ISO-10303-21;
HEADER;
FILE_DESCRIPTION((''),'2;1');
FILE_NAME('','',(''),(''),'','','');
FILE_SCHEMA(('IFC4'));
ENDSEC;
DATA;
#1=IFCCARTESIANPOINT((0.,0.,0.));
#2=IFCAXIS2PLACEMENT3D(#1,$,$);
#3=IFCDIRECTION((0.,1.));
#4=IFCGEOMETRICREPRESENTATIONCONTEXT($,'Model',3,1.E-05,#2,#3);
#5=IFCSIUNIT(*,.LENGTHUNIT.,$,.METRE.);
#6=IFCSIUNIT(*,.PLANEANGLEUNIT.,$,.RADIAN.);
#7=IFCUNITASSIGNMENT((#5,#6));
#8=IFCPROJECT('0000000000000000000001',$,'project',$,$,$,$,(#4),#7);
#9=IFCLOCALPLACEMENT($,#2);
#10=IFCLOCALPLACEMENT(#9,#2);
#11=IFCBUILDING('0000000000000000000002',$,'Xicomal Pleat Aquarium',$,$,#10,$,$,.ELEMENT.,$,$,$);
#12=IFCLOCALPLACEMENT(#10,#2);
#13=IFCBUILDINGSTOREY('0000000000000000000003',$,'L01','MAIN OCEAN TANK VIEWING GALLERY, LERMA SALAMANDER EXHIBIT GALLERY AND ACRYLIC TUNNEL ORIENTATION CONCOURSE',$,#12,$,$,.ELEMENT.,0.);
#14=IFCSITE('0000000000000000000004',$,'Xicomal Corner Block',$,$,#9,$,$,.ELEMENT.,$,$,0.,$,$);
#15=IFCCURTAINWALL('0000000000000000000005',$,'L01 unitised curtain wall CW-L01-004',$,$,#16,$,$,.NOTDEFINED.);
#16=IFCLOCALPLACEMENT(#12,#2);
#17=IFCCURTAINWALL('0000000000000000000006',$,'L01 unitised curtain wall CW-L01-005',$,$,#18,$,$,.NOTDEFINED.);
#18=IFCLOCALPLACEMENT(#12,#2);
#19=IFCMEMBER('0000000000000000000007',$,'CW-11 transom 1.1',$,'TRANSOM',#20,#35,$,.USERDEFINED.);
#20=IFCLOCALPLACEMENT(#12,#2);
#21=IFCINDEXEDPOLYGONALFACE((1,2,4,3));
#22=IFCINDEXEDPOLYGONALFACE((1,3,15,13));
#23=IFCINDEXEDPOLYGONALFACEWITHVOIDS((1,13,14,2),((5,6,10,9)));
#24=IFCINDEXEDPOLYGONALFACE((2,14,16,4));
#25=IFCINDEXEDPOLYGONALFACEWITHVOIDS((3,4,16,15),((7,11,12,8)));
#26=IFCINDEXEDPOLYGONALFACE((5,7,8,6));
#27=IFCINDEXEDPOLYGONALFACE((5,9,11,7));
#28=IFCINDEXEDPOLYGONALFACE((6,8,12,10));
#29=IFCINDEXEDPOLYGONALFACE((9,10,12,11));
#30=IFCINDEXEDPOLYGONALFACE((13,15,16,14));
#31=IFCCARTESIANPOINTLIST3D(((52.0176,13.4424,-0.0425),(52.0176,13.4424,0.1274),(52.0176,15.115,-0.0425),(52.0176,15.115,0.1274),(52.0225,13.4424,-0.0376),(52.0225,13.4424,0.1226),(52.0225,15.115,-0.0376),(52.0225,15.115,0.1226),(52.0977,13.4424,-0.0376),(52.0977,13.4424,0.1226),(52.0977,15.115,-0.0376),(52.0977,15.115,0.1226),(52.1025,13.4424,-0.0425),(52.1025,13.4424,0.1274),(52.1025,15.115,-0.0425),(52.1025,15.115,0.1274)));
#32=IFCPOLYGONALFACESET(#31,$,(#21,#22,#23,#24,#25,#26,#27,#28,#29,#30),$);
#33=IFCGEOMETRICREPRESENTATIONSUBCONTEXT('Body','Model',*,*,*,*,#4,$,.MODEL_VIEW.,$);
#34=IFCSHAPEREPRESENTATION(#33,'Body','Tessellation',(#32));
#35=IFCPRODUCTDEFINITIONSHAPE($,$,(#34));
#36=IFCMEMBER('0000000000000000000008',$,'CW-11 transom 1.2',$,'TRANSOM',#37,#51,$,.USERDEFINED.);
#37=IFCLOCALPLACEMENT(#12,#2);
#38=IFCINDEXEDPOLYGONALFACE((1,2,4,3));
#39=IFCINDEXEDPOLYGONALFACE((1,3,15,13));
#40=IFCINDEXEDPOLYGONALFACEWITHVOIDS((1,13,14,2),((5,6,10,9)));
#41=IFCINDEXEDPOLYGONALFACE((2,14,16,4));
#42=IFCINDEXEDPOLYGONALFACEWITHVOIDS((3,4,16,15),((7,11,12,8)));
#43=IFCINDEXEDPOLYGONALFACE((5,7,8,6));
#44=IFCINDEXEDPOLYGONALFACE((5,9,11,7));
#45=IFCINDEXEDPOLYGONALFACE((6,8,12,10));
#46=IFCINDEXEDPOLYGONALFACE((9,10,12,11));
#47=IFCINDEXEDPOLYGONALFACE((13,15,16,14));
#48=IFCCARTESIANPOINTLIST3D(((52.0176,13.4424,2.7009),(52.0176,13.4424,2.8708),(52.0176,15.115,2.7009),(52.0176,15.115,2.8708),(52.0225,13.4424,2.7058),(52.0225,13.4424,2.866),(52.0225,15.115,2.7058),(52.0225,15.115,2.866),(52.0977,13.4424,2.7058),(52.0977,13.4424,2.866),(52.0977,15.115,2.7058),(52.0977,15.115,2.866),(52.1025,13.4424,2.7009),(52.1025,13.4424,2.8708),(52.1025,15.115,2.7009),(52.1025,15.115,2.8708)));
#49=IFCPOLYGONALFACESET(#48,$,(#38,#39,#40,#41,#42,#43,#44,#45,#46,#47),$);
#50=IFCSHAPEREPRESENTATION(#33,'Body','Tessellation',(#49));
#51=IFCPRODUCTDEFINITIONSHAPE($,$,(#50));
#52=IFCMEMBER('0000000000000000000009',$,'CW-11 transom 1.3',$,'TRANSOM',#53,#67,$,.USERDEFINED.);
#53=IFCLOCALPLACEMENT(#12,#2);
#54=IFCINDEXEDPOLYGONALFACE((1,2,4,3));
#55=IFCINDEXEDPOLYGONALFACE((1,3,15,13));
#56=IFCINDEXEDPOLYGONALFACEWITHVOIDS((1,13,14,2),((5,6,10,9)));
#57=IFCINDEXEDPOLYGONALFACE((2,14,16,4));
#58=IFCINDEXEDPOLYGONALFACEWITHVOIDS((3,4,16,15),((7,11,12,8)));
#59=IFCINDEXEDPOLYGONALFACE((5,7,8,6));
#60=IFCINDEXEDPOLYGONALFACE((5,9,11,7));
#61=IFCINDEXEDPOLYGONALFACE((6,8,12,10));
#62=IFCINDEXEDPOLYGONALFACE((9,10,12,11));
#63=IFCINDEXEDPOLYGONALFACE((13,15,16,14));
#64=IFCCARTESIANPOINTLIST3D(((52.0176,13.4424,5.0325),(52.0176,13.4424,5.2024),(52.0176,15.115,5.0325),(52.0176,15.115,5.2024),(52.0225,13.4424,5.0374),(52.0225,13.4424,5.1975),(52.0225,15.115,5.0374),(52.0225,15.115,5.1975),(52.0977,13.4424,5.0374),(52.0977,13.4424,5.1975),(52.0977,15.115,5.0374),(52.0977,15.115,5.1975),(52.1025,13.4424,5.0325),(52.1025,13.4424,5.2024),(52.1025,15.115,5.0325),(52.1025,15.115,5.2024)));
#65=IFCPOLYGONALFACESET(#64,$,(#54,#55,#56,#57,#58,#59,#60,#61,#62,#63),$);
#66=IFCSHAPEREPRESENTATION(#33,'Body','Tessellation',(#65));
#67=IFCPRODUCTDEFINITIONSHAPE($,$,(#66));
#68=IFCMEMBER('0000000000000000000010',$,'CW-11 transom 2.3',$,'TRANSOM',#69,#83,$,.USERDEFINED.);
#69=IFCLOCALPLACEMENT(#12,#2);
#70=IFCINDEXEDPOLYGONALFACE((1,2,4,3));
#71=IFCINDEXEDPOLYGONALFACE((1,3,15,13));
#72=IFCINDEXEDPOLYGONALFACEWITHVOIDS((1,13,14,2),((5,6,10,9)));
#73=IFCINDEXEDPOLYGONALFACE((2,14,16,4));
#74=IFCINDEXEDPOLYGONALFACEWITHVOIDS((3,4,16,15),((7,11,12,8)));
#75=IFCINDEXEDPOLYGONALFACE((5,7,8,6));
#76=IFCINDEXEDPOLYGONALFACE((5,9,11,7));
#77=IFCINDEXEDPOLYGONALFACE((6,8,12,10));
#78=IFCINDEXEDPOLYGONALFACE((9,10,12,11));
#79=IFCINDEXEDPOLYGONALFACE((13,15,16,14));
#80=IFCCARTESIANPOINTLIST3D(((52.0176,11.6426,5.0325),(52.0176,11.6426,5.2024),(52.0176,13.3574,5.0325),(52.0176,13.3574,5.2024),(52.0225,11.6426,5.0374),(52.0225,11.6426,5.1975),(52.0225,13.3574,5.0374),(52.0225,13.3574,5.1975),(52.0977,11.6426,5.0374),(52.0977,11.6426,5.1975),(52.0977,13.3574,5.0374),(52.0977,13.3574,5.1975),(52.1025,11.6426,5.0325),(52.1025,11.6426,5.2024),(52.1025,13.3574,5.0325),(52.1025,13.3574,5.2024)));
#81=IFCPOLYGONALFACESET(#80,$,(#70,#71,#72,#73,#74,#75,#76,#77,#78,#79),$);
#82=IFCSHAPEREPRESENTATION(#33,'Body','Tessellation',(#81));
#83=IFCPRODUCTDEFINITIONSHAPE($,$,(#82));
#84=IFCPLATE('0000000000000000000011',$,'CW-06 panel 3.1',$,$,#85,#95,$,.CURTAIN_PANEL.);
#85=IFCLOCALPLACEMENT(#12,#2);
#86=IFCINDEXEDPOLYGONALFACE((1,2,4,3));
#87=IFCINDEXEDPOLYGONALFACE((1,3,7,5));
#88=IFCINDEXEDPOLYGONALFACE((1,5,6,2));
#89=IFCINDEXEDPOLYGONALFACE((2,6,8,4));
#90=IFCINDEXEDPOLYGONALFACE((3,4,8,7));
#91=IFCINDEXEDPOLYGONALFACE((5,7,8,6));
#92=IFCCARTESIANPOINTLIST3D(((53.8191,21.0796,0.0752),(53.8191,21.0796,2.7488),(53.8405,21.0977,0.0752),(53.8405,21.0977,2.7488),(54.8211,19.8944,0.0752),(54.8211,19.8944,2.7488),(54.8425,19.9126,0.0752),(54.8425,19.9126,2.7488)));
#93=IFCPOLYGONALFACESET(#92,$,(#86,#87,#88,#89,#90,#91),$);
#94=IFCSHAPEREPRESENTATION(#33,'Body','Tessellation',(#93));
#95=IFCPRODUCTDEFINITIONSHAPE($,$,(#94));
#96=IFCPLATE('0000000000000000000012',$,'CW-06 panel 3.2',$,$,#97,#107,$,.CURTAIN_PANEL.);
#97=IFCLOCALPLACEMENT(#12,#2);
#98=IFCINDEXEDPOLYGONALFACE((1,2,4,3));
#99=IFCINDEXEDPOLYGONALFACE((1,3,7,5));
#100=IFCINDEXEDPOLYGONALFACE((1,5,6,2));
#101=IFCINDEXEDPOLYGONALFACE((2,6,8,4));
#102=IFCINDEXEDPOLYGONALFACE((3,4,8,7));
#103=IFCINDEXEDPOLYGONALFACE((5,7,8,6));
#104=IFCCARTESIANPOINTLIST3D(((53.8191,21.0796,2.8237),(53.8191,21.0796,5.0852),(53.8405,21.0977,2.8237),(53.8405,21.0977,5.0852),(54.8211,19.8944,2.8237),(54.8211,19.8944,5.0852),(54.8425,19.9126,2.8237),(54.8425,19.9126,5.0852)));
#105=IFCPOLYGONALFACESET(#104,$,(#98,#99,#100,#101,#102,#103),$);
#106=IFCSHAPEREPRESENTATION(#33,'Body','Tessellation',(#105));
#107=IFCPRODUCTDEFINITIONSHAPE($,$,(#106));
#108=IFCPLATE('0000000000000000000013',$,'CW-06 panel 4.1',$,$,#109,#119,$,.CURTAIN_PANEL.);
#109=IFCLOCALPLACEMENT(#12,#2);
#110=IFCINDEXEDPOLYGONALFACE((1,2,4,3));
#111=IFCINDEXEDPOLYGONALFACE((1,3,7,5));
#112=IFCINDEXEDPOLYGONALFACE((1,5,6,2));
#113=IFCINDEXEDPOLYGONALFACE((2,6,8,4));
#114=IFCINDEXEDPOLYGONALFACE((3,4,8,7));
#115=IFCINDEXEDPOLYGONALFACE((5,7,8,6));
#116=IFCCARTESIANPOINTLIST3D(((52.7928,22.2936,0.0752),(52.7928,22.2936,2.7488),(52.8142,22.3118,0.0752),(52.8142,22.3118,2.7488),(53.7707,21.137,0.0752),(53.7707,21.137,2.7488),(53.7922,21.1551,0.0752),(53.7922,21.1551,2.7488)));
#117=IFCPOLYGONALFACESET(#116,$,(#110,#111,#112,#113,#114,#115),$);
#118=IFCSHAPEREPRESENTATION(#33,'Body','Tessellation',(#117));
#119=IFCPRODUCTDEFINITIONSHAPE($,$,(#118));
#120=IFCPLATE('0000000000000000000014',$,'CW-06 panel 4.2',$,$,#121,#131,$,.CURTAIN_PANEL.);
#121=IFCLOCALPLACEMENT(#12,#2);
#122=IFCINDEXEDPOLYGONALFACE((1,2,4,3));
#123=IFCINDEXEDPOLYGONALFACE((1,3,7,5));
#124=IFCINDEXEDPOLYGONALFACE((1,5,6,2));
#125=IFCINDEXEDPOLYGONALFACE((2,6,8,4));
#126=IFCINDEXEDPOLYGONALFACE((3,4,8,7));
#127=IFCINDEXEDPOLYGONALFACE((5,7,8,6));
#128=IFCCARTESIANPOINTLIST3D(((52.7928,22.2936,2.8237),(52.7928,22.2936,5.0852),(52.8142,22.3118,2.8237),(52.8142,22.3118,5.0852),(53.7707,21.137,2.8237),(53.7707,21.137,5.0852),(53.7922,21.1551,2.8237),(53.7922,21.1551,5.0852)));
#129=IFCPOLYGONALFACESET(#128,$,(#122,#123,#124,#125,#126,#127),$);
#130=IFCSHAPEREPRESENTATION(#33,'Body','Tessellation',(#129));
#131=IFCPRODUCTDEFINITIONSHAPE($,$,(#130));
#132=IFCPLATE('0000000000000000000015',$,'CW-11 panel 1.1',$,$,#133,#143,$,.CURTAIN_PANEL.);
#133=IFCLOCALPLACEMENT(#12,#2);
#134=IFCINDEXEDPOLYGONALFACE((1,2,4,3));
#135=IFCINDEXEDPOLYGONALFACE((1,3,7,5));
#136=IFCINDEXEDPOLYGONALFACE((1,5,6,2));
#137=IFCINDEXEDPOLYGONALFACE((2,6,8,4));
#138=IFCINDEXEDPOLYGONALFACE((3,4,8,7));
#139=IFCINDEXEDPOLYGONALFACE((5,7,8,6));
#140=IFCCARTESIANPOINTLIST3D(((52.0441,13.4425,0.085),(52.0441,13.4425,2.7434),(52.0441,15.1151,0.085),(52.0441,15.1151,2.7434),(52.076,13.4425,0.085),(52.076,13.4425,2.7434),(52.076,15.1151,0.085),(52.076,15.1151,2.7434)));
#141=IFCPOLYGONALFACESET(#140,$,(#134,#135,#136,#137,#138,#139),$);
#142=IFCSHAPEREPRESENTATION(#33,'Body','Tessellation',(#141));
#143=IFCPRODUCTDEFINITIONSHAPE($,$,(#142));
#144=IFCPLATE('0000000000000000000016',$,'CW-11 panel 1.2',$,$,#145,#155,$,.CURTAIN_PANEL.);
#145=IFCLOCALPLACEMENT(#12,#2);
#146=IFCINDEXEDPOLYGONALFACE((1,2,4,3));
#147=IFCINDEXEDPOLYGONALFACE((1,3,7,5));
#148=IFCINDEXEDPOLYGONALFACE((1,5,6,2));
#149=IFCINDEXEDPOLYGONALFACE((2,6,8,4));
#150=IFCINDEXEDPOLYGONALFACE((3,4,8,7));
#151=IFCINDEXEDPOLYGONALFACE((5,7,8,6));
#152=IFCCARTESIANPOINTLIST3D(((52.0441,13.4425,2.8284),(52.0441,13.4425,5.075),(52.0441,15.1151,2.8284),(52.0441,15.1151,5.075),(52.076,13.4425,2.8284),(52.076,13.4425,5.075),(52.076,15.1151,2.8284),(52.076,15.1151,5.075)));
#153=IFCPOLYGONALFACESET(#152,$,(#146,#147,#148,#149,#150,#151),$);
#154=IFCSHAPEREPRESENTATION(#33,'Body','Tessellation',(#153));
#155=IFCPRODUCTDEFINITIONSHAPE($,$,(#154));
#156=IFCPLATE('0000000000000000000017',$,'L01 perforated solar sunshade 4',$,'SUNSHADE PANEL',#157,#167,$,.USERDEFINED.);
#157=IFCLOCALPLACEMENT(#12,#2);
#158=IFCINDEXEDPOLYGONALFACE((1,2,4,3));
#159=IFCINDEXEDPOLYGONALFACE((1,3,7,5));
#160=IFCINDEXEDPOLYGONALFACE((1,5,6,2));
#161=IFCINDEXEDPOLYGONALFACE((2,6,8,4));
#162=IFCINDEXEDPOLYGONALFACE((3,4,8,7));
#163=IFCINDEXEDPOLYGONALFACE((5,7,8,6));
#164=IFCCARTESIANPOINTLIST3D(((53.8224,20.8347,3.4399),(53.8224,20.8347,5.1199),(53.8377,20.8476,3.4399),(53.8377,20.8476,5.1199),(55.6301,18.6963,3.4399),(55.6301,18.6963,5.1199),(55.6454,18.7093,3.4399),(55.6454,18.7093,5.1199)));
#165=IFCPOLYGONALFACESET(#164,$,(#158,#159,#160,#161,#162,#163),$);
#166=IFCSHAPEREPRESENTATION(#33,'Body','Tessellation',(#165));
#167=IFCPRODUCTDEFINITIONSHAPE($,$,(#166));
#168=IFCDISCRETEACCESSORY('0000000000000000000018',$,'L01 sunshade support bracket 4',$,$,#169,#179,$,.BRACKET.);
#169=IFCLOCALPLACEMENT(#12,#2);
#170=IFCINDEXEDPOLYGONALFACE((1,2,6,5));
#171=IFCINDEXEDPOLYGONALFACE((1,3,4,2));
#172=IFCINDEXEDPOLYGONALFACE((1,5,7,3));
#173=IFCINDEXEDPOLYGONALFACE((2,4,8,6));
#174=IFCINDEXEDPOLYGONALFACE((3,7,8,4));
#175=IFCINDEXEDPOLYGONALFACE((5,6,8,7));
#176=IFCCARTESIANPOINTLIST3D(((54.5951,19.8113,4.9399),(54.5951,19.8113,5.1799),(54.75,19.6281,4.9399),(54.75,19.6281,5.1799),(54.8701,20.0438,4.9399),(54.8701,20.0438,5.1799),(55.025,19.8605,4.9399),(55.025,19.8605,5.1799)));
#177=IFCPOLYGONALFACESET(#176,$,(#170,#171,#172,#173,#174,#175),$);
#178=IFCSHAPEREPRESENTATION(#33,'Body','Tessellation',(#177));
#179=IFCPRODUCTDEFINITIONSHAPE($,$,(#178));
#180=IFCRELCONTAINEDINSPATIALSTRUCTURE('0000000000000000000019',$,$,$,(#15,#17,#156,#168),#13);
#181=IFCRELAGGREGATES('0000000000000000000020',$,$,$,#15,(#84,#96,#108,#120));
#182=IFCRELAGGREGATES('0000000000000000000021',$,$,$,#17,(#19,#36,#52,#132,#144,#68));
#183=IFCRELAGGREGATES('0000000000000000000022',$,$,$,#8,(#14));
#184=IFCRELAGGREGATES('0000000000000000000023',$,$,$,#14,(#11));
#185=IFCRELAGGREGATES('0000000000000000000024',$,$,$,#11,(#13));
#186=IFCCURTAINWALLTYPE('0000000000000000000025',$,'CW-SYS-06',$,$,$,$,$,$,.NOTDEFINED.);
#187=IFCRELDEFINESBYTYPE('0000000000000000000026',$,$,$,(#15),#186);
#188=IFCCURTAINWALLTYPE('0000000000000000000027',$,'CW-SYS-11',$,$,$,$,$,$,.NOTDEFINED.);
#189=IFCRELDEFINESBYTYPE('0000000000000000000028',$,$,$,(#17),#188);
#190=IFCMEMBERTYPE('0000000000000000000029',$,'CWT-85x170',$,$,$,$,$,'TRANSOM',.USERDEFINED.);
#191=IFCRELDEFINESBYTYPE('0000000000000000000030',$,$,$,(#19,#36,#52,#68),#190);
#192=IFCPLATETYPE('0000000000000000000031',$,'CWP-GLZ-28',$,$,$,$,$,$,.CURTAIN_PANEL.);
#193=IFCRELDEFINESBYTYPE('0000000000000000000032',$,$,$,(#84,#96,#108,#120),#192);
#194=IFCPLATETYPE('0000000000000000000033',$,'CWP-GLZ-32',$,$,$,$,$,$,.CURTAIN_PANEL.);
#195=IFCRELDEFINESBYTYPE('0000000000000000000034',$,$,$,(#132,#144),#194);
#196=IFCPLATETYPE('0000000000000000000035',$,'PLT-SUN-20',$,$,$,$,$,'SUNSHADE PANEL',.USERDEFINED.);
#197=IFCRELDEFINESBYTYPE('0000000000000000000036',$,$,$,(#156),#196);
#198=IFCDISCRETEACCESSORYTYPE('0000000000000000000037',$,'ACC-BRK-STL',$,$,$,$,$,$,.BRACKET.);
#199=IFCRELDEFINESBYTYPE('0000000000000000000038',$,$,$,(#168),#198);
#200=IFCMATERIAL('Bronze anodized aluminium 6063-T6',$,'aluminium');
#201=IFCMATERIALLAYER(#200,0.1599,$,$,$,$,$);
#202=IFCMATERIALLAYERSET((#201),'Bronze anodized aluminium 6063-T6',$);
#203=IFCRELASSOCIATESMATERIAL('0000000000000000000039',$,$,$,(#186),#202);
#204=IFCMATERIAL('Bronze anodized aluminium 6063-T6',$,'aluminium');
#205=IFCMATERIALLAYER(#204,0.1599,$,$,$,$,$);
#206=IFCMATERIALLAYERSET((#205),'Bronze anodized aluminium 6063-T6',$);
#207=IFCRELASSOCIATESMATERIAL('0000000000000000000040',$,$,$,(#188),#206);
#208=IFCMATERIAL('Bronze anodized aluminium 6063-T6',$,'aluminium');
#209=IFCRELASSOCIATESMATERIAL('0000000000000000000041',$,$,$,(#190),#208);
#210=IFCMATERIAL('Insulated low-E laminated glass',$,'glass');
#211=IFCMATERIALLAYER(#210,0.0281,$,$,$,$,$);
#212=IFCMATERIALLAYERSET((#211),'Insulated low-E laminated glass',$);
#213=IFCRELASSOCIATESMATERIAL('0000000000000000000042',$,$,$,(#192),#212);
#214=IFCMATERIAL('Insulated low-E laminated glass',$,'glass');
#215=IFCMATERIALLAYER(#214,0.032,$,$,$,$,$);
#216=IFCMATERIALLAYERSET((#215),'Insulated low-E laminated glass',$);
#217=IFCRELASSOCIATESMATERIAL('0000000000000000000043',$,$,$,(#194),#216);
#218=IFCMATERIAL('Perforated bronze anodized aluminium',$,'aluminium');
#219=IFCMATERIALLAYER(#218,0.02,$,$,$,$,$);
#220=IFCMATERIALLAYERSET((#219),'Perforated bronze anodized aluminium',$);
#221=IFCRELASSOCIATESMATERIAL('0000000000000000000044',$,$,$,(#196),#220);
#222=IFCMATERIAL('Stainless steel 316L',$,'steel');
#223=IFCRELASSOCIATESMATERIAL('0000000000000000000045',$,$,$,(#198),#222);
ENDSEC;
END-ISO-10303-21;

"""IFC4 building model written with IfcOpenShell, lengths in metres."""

from ifc_helpers import new_model, si_unit, direction, frame, origin, origin_2d, place, context, subcontext, project, spatial, rectangle, hollow_rectangle, extrude, material, layer, layer_set, material_profile, profile_set, type_object, element, aggregate, save


model = new_model("IFC4")

# Units and contexts
model_context = context("Model", 3, precision=1e-05, world=origin(), true_north=direction((0.0, 1.0)))
body_context = subcontext(model_context, "Body", "Model", "MODEL_VIEW")
ifc_project = project(units=[si_unit("LENGTHUNIT", "METRE"), si_unit("PLANEANGLEUNIT", "RADIAN")], contexts=[model_context])

# Site, building, storey
site_placement = place(None, origin())
site = spatial("IfcSite", under=ifc_project, at=site_placement, Name="Xicomal Corner Block", CompositionType="ELEMENT", RefElevation=0.0)
building_placement = place(site_placement, origin())
building = spatial("IfcBuilding", under=site, at=building_placement, Name="Xicomal Pleat Aquarium", CompositionType="ELEMENT")
storey_placement = place(building_placement, origin())
storey = spatial("IfcBuildingStorey", under=building, at=storey_placement, Name="L01", Description="MAIN OCEAN TANK VIEWING GALLERY, LERMA SALAMANDER EXHIBIT GALLERY AND ACRYLIC TUNNEL ORIENTATION CONCOURSE", CompositionType="ELEMENT", Elevation=0.0)

# Curtain walls
ifc_material_1 = material(Name="Bronze anodized aluminium 6063-T6", Category="aluminium")
ifc_layer_1 = layer(ifc_material_1, 0.1599)
ifc_layer_set_1 = layer_set([ifc_layer_1], Name="Bronze anodized aluminium 6063-T6")
curtain_wall_type_1 = type_object("IfcCurtainWallType", Name="CW-SYS-06", PredefinedType="NOTDEFINED", material=ifc_layer_set_1)
curtain_wall_1_placement = place(storey_placement, origin())
curtain_wall_1 = element("IfcCurtainWall", 1, at=curtain_wall_1_placement, inside=storey, type_object=curtain_wall_type_1, Name="L01 unitised curtain wall CW-L01-004", PredefinedType="NOTDEFINED")
ifc_material_2 = material(Name="Bronze anodized aluminium 6063-T6", Category="aluminium")
ifc_layer_2 = layer(ifc_material_2, 0.1599)
ifc_layer_set_2 = layer_set([ifc_layer_2], Name="Bronze anodized aluminium 6063-T6")
curtain_wall_type_2 = type_object("IfcCurtainWallType", Name="CW-SYS-11", PredefinedType="NOTDEFINED", material=ifc_layer_set_2)
curtain_wall_2_placement = place(storey_placement, origin())
curtain_wall_2 = element("IfcCurtainWall", 2, at=curtain_wall_2_placement, inside=storey, type_object=curtain_wall_type_2, Name="L01 unitised curtain wall CW-L01-005", PredefinedType="NOTDEFINED")

# Members
ifc_material_3 = material(Name="Bronze anodized aluminium 6063-T6", Category="aluminium")
ifc_material_profile_1 = material_profile(ifc_material_3, hollow_rectangle(XDim=0.085, YDim=0.1699, WallThickness=0.0049, at=origin_2d()), Name="ALU TRAN 85x170")
ifc_profile_set_1 = profile_set([ifc_material_profile_1], Name="Bronze anodized aluminium 6063-T6")
member_type_1 = type_object("IfcMemberType", Name="CWT-85x170", ElementType="TRANSOM", PredefinedType="USERDEFINED", material=ifc_profile_set_1)
member_1_placement = place(storey_placement, frame((52.0601, 15.115, 0.0425), z_axis=(0.0, -1.0, 0.0), x_axis=(1.0, 0.0, 0.0)))
member_1 = element("IfcMember", 3, at=member_1_placement, type_object=member_type_1, Name="CW-11 transom 1.1", ObjectType="TRANSOM", PredefinedType="USERDEFINED", context=body_context, shape_type="SweptSolid", body=[
    extrude(hollow_rectangle(XDim=0.085, YDim=0.1699, WallThickness=0.0049, at=origin_2d()), origin(), (0.0, 0.0, 1.0), 1.6726),
])
member_2_placement = place(storey_placement, frame((52.0601, 15.115, 2.7859), z_axis=(0.0, -1.0, 0.0), x_axis=(1.0, 0.0, 0.0)))
member_2 = element("IfcMember", 4, at=member_2_placement, type_object=member_type_1, Name="CW-11 transom 1.2", ObjectType="TRANSOM", PredefinedType="USERDEFINED", context=body_context, shape_type="SweptSolid", body=[
    extrude(hollow_rectangle(XDim=0.085, YDim=0.1699, WallThickness=0.0049, at=origin_2d()), origin(), (0.0, 0.0, 1.0), 1.6726),
])
member_3_placement = place(storey_placement, frame((52.0601, 15.115, 5.1174), z_axis=(0.0, -1.0, 0.0), x_axis=(1.0, 0.0, 0.0)))
member_3 = element("IfcMember", 5, at=member_3_placement, type_object=member_type_1, Name="CW-11 transom 1.3", ObjectType="TRANSOM", PredefinedType="USERDEFINED", context=body_context, shape_type="SweptSolid", body=[
    extrude(hollow_rectangle(XDim=0.085, YDim=0.1699, WallThickness=0.0049, at=origin_2d()), origin(), (0.0, 0.0, 1.0), 1.6726),
])
member_4_placement = place(storey_placement, frame((52.0601, 13.3574, 5.1174), z_axis=(0.0, -1.0, 0.0), x_axis=(1.0, 0.0, 0.0)))
member_4 = element("IfcMember", 6, at=member_4_placement, type_object=member_type_1, Name="CW-11 transom 2.3", ObjectType="TRANSOM", PredefinedType="USERDEFINED", context=body_context, shape_type="SweptSolid", body=[
    extrude(hollow_rectangle(XDim=0.085, YDim=0.1699, WallThickness=0.0049, at=origin_2d()), origin(), (0.0, 0.0, 1.0), 1.7148),
])

# Plates
ifc_material_4 = material(Name="Insulated low-E laminated glass", Category="glass")
ifc_layer_3 = layer(ifc_material_4, 0.0281)
ifc_layer_set_3 = layer_set([ifc_layer_3], Name="Insulated low-E laminated glass")
plate_type_1 = type_object("IfcPlateType", Name="CWP-GLZ-28", PredefinedType="CURTAIN_PANEL", material=ifc_layer_set_3)
plate_1_placement = place(storey_placement, frame((54.3308, 20.4961, 0.0752), z_axis=(0.0, 0.0, 1.0), x_axis=(-0.645639, 0.763643, 0.0)))
plate_1 = element("IfcPlate", 7, at=plate_1_placement, type_object=plate_type_1, Name="CW-06 panel 3.1", PredefinedType="CURTAIN_PANEL", context=body_context, shape_type="SweptSolid", body=[
    extrude(rectangle(XDim=1.552, YDim=0.0281, at=origin_2d()), origin(), (0.0, 0.0, 1.0), 2.6736),
])
plate_2_placement = place(storey_placement, frame((54.3308, 20.4961, 2.8237), z_axis=(0.0, 0.0, 1.0), x_axis=(-0.645639, 0.763643, 0.0)))
plate_2 = element("IfcPlate", 8, at=plate_2_placement, type_object=plate_type_1, Name="CW-06 panel 3.2", PredefinedType="CURTAIN_PANEL", context=body_context, shape_type="SweptSolid", body=[
    extrude(rectangle(XDim=1.552, YDim=0.0281, at=origin_2d()), origin(), (0.0, 0.0, 1.0), 2.2615),
])
plate_3_placement = place(storey_placement, frame((53.2925, 21.7244, 0.0752), z_axis=(0.0, 0.0, 1.0), x_axis=(-0.645639, 0.763643, 0.0)))
plate_3 = element("IfcPlate", 9, at=plate_3_placement, type_object=plate_type_1, Name="CW-06 panel 4.1", PredefinedType="CURTAIN_PANEL", context=body_context, shape_type="SweptSolid", body=[
    extrude(rectangle(XDim=1.5146, YDim=0.0281, at=origin_2d()), origin(), (0.0, 0.0, 1.0), 2.6736),
])
plate_4_placement = place(storey_placement, frame((53.2925, 21.7244, 2.8237), z_axis=(0.0, 0.0, 1.0), x_axis=(-0.645639, 0.763643, 0.0)))
plate_4 = element("IfcPlate", 10, at=plate_4_placement, type_object=plate_type_1, Name="CW-06 panel 4.2", PredefinedType="CURTAIN_PANEL", context=body_context, shape_type="SweptSolid", body=[
    extrude(rectangle(XDim=1.5146, YDim=0.0281, at=origin_2d()), origin(), (0.0, 0.0, 1.0), 2.2615),
])
aggregate(curtain_wall_1, [plate_1, plate_2, plate_3, plate_4])
ifc_material_5 = material(Name="Insulated low-E laminated glass", Category="glass")
ifc_layer_4 = layer(ifc_material_5, 0.032)
ifc_layer_set_4 = layer_set([ifc_layer_4], Name="Insulated low-E laminated glass")
plate_type_2 = type_object("IfcPlateType", Name="CWP-GLZ-32", PredefinedType="CURTAIN_PANEL", material=ifc_layer_set_4)
plate_5_placement = place(storey_placement, frame((52.0601, 14.2788, 0.085), z_axis=(0.0, 0.0, 1.0), x_axis=(0.0, -1.0, 0.0)))
plate_5 = element("IfcPlate", 11, at=plate_5_placement, type_object=plate_type_2, Name="CW-11 panel 1.1", PredefinedType="CURTAIN_PANEL", context=body_context, shape_type="SweptSolid", body=[
    extrude(rectangle(XDim=1.6726, YDim=0.032, at=origin_2d()), origin(), (0.0, 0.0, 1.0), 2.6584),
])
plate_6_placement = place(storey_placement, frame((52.0601, 14.2788, 2.8284), z_axis=(0.0, 0.0, 1.0), x_axis=(0.0, -1.0, 0.0)))
plate_6 = element("IfcPlate", 12, at=plate_6_placement, type_object=plate_type_2, Name="CW-11 panel 1.2", PredefinedType="CURTAIN_PANEL", context=body_context, shape_type="SweptSolid", body=[
    extrude(rectangle(XDim=1.6726, YDim=0.032, at=origin_2d()), origin(), (0.0, 0.0, 1.0), 2.2466),
])
aggregate(curtain_wall_2, [member_1, member_2, member_3, plate_5, plate_6, member_4])
ifc_material_6 = material(Name="Perforated bronze anodized aluminium", Category="aluminium")
ifc_layer_5 = layer(ifc_material_6, 0.02)
ifc_layer_set_5 = layer_set([ifc_layer_5], Name="Perforated bronze anodized aluminium")
plate_type_3 = type_object("IfcPlateType", Name="PLT-SUN-20", ElementType="SUNSHADE PANEL", PredefinedType="USERDEFINED", material=ifc_layer_set_5)
plate_7_placement = place(storey_placement, frame((54.7339, 19.772, 3.4399), z_axis=(0.0, 0.0, 1.0), x_axis=(-0.645591, 0.763683, 0.0)))
element("IfcPlate", 13, at=plate_7_placement, inside=storey, type_object=plate_type_3, Name="L01 perforated solar sunshade 4", ObjectType="SUNSHADE PANEL", PredefinedType="USERDEFINED", context=body_context, shape_type="SweptSolid", body=[
    extrude(rectangle(XDim=2.8, YDim=0.02, at=origin_2d()), origin(), (0.0, 0.0, 1.0), 1.6799),
])

# Discrete accessory
ifc_material_7 = material(Name="Stainless steel 316L", Category="steel")
discrete_accessory_type = type_object("IfcDiscreteAccessoryType", Name="ACC-BRK-STL", PredefinedType="BRACKET", material=ifc_material_7)
discrete_accessory_placement = place(storey_placement, frame((54.8101, 19.8359, 4.9399), z_axis=(0.0, 0.0, 1.0), x_axis=(-0.645591, 0.763683, 0.0)))
element("IfcDiscreteAccessory", 14, at=discrete_accessory_placement, inside=storey, type_object=discrete_accessory_type, Name="L01 sunshade support bracket 4", PredefinedType="BRACKET", context=body_context, shape_type="SweptSolid", body=[
    extrude(rectangle(XDim=0.24, YDim=0.3601, at=origin_2d()), origin(), (0.0, 0.0, 1.0), 0.24),
])

save(model, "model.ifc")
